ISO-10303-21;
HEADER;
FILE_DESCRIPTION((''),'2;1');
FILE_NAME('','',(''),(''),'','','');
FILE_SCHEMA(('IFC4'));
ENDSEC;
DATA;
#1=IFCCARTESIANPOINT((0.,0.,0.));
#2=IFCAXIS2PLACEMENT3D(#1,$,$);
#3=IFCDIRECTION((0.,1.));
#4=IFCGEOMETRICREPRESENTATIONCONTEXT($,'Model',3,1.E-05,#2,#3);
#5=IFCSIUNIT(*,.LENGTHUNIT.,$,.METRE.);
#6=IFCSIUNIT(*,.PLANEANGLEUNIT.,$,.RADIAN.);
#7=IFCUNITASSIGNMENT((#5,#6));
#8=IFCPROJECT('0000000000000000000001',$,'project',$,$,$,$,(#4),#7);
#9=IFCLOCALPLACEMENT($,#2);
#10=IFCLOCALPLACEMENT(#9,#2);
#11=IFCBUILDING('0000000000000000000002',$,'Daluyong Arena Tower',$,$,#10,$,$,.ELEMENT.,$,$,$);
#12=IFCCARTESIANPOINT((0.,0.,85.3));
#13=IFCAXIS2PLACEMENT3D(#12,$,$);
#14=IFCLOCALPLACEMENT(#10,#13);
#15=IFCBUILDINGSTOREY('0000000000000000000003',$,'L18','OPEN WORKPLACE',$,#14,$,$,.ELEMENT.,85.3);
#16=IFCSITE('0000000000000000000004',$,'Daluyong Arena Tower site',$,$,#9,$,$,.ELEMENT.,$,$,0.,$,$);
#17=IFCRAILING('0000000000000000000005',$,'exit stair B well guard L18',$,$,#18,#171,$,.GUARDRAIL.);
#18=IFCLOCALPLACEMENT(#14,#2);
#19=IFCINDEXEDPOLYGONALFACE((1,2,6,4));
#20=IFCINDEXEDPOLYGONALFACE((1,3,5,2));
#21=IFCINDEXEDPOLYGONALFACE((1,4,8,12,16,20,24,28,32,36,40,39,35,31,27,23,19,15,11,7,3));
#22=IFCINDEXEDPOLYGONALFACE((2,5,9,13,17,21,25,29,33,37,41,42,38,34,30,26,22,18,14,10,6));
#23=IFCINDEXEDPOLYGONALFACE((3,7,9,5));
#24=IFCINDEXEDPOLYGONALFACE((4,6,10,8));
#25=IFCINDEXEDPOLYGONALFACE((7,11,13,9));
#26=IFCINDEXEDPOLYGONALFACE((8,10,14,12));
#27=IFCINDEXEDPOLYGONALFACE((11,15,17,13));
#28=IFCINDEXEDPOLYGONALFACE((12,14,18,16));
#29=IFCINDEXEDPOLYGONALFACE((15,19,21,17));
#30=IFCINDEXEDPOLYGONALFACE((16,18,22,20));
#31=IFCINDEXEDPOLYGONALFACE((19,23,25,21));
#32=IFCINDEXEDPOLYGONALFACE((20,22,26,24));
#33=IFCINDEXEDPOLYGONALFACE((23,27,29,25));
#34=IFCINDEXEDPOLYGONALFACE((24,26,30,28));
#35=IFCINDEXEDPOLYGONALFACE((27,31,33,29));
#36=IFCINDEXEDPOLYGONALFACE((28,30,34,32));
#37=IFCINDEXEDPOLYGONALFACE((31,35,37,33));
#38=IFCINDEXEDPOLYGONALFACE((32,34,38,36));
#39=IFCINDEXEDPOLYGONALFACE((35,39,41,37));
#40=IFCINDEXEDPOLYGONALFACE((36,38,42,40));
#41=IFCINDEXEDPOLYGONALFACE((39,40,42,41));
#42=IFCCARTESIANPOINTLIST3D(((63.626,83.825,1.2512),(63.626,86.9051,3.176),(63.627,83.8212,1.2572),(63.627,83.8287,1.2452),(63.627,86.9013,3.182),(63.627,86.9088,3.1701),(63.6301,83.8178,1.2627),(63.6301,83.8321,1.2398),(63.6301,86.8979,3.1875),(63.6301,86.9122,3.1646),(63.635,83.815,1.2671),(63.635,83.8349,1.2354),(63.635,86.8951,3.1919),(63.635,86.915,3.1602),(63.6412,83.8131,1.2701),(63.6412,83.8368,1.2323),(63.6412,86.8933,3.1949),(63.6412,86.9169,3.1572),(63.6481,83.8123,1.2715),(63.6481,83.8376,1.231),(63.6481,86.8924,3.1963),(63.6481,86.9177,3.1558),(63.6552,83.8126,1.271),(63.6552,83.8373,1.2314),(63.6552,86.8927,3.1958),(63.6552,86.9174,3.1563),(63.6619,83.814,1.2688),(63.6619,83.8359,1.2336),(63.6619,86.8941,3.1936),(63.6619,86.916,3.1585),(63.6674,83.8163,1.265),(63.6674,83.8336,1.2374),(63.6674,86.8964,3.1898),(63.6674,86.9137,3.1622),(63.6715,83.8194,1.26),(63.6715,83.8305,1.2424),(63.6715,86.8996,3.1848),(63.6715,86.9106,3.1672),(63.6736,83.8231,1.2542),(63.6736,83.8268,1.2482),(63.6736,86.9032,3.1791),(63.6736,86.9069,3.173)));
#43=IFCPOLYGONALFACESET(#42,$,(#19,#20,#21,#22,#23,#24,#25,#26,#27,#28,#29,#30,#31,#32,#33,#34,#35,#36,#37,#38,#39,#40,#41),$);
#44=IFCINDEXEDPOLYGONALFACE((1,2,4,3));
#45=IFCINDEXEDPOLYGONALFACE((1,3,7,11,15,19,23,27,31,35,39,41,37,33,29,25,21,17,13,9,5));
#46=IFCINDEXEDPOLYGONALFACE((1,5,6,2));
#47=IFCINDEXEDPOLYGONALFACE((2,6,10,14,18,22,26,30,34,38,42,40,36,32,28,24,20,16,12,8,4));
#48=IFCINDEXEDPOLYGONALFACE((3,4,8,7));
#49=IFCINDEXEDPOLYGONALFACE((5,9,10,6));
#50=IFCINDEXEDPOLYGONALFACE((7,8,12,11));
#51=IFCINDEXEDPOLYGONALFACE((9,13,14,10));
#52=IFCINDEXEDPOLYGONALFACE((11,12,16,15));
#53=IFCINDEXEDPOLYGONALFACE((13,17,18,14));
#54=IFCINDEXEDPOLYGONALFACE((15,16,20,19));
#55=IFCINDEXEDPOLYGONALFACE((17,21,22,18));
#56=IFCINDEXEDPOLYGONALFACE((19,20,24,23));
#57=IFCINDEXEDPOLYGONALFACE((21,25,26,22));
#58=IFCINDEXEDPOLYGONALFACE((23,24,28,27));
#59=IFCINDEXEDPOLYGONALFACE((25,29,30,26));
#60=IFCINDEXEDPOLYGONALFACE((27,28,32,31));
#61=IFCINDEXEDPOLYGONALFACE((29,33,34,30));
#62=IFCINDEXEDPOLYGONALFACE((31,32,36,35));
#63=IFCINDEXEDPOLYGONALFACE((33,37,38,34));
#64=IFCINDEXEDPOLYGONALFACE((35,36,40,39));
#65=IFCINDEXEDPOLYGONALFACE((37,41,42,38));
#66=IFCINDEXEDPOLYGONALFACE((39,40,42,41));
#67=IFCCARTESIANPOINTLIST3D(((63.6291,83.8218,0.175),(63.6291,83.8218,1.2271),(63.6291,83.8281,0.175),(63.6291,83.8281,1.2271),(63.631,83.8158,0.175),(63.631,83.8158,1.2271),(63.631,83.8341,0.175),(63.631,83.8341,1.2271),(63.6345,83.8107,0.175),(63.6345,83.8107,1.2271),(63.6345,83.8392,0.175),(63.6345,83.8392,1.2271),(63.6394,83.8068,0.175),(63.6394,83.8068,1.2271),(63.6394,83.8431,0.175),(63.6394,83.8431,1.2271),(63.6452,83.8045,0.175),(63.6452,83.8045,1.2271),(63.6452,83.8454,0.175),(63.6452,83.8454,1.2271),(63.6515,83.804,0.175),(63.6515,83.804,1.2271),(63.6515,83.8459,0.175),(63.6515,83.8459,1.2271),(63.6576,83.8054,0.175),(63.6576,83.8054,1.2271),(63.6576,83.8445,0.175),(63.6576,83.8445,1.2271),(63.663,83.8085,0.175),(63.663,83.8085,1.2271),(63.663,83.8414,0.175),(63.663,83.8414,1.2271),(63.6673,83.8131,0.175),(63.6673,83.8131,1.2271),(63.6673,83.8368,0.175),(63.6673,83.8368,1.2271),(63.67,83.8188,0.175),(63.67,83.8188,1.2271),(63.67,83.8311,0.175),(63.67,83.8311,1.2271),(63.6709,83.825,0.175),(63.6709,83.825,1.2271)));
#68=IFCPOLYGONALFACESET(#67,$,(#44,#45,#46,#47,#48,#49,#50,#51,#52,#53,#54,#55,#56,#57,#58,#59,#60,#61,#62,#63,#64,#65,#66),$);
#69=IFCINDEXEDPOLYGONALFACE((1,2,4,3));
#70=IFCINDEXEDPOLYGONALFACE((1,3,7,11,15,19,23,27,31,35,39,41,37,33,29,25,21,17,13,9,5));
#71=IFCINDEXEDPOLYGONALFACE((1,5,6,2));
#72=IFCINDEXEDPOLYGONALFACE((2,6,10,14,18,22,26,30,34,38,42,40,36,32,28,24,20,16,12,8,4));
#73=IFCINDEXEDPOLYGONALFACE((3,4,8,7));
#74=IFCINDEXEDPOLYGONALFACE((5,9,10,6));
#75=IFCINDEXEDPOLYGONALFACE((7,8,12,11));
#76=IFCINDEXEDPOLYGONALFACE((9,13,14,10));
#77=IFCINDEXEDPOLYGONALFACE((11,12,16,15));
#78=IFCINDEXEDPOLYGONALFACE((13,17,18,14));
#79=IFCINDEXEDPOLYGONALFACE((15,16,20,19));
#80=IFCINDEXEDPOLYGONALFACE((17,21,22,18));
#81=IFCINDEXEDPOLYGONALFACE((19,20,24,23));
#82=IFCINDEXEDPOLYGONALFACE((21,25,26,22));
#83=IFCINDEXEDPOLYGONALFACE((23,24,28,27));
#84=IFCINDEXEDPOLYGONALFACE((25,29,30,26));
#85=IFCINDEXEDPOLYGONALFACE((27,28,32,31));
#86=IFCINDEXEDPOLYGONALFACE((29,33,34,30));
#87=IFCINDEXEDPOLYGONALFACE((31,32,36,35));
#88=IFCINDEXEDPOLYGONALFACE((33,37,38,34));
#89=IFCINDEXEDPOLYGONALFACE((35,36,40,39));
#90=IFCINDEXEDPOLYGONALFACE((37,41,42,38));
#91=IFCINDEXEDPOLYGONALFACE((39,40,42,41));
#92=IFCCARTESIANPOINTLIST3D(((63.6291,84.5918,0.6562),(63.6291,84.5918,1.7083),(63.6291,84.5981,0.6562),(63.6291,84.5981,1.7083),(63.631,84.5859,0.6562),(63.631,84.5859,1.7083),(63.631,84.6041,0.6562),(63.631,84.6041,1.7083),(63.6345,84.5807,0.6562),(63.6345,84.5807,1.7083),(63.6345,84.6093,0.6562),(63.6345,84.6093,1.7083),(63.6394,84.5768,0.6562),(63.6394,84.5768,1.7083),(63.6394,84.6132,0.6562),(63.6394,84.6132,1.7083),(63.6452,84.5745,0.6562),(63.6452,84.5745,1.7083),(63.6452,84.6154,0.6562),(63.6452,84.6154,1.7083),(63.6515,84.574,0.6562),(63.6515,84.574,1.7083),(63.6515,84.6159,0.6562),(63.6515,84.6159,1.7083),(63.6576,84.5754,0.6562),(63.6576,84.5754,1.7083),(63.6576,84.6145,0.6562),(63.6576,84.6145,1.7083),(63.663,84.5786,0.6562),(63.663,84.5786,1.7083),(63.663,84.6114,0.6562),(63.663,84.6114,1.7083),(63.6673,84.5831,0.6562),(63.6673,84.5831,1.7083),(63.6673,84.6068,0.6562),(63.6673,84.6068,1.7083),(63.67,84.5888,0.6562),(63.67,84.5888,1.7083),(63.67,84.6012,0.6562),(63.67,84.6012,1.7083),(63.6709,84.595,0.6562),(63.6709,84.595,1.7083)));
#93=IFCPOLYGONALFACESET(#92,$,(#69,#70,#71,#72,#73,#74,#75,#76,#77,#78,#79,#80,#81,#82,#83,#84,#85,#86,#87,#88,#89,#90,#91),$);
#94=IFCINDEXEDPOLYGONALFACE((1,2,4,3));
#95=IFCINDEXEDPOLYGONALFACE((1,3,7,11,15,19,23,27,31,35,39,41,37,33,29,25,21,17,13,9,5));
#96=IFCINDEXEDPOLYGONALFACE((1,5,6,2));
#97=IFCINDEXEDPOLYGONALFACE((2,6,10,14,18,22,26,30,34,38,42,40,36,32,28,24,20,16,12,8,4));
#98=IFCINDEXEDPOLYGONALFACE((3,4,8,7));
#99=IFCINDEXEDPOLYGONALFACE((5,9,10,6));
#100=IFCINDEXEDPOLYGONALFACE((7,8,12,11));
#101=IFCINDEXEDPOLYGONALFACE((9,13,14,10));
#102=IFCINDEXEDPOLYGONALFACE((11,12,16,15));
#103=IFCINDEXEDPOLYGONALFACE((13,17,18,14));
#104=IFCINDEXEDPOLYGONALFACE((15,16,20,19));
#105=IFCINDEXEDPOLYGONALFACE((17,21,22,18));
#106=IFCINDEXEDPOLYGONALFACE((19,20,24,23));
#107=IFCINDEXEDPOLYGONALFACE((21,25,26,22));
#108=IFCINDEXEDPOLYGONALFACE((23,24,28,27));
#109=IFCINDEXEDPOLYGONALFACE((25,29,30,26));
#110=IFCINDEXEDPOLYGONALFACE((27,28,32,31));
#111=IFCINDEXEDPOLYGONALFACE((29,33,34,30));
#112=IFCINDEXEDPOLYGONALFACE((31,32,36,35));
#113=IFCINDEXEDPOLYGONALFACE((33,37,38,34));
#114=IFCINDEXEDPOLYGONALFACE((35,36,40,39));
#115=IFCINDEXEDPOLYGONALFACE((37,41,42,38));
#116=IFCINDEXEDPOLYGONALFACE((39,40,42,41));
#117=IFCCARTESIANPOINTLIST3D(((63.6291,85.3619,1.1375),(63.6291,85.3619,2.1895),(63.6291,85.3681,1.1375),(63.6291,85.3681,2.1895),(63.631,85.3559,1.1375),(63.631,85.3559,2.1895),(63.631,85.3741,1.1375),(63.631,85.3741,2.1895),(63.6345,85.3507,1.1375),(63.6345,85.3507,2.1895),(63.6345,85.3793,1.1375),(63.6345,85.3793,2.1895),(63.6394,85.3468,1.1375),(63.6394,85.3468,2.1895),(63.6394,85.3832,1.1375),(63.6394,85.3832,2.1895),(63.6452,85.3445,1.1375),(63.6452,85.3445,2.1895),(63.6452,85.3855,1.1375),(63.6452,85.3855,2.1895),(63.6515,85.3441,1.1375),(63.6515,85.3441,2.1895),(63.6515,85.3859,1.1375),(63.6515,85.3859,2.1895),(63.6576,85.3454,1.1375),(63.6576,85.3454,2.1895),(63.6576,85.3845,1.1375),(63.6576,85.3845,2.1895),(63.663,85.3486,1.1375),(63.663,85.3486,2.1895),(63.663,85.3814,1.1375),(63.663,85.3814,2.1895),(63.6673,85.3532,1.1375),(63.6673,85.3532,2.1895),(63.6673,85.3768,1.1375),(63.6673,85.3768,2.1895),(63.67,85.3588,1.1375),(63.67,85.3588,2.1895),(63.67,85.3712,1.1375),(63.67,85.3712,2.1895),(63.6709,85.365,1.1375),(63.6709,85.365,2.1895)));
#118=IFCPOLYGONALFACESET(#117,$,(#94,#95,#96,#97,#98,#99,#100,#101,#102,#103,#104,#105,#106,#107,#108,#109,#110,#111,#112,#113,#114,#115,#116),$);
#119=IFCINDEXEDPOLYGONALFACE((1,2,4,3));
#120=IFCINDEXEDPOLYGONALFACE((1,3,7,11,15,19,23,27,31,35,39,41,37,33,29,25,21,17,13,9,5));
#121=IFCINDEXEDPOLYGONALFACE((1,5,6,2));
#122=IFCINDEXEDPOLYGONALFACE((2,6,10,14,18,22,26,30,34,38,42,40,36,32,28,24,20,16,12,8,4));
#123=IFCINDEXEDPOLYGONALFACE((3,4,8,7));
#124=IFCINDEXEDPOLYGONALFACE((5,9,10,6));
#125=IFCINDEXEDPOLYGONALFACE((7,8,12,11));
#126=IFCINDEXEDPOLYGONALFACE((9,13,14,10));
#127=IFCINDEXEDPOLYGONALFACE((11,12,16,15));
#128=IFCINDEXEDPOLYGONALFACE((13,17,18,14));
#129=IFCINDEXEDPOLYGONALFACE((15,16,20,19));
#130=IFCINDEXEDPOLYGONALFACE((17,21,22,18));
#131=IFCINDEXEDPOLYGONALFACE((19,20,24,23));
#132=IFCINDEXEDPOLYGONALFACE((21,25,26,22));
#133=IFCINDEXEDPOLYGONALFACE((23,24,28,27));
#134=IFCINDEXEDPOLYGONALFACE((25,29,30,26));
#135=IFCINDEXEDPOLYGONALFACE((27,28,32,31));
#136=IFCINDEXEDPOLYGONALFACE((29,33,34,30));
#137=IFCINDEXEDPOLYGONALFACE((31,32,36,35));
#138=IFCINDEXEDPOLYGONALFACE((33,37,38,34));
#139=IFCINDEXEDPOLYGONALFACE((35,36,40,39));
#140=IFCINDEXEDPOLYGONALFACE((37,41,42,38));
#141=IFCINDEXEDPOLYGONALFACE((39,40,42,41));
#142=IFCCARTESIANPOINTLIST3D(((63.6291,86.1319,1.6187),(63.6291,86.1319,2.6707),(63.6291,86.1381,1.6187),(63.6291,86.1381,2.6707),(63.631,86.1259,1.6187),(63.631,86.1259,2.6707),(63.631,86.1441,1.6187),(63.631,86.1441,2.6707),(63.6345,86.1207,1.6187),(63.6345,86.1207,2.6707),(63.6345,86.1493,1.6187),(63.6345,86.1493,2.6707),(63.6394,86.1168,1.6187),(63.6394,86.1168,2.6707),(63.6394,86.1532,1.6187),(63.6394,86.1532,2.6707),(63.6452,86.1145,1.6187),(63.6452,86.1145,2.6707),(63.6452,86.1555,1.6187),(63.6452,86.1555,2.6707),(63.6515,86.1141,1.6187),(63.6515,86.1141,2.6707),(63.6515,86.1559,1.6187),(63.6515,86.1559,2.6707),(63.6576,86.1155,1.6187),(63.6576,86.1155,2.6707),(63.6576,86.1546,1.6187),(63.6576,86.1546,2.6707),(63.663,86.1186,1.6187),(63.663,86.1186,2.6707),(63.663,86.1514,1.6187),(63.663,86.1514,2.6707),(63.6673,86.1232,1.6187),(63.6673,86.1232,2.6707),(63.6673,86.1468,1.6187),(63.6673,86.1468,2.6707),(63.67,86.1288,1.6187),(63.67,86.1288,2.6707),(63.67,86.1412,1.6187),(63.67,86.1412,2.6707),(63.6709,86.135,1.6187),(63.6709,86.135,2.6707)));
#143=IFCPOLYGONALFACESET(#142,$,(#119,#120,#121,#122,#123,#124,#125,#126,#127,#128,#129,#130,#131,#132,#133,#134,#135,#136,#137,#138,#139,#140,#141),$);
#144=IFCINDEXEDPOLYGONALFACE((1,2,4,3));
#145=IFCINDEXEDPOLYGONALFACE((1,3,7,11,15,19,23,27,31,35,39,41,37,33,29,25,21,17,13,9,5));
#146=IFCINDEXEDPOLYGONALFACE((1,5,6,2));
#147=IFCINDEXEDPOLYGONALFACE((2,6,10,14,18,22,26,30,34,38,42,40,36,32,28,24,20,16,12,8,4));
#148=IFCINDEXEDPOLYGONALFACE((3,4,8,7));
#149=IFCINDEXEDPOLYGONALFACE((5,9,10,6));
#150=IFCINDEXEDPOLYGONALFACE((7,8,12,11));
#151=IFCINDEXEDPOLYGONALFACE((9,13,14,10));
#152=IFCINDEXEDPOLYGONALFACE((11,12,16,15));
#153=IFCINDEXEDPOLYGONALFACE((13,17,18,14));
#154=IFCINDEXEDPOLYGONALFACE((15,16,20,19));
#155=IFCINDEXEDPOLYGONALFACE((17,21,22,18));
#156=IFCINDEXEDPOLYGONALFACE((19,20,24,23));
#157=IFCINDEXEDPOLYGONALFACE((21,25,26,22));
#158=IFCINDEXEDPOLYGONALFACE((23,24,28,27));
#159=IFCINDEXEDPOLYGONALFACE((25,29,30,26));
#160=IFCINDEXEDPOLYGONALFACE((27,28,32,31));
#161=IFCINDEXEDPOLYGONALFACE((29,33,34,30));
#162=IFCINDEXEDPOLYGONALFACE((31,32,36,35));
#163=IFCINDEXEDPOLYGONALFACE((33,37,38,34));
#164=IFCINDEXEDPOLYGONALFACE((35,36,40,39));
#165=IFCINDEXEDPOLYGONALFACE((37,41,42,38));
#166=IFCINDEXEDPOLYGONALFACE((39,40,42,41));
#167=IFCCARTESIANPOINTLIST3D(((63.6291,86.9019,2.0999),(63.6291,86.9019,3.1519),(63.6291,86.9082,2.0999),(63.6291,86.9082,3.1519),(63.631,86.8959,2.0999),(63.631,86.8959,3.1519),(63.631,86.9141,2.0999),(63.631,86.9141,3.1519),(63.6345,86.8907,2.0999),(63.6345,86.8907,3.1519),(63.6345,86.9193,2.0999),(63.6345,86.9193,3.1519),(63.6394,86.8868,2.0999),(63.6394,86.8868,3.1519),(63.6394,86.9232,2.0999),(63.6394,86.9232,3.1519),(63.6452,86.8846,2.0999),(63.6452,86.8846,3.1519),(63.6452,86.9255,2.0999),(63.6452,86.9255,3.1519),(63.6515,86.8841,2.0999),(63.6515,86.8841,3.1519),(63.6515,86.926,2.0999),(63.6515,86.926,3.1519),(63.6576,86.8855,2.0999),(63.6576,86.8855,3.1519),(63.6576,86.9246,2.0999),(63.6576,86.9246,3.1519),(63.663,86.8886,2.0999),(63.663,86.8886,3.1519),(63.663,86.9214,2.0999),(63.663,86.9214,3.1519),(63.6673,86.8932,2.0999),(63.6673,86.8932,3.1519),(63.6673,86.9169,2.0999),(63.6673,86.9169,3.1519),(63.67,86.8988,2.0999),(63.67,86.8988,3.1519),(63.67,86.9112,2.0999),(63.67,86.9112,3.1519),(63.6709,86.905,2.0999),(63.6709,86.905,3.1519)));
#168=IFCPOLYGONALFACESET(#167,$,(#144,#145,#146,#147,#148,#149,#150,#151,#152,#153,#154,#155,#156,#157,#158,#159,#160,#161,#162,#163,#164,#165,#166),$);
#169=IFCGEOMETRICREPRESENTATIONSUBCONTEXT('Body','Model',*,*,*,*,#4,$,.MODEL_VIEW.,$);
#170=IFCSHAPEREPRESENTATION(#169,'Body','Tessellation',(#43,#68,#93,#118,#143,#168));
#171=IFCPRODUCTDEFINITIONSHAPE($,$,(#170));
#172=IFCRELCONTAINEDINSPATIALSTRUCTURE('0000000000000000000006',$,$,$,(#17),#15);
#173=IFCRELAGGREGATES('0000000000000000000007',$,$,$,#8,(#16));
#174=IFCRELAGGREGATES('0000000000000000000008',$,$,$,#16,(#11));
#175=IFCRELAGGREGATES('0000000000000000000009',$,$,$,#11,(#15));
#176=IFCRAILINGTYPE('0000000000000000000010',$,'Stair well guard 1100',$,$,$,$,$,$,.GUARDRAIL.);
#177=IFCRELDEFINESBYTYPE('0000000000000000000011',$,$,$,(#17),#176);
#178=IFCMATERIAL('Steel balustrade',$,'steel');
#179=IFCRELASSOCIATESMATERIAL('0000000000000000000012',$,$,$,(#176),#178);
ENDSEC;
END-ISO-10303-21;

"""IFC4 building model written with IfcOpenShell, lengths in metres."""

from ifc_helpers import new_model, si_unit, direction, frame, origin, origin_2d, place, context, subcontext, project, spatial, circle, extrude, material, type_object, element, save


model = new_model("IFC4")

# Units and contexts
model_context = context("Model", 3, precision=1e-05, world=origin(), true_north=direction((0.0, 1.0)))
body_context = subcontext(model_context, "Body", "Model", "MODEL_VIEW")
ifc_project = project(units=[si_unit("LENGTHUNIT", "METRE"), si_unit("PLANEANGLEUNIT", "RADIAN")], contexts=[model_context])

# Site, building, storey
site_placement = place(None, origin())
site = spatial("IfcSite", under=ifc_project, at=site_placement, Name="Daluyong Arena Tower site", CompositionType="ELEMENT", RefElevation=0.0)
building_placement = place(site_placement, origin())
building = spatial("IfcBuilding", under=site, at=building_placement, Name="Daluyong Arena Tower", CompositionType="ELEMENT")
storey_placement = place(building_placement, frame((0.0, 0.0, 85.3)))
storey = spatial("IfcBuildingStorey", under=building, at=storey_placement, Name="L18", Description="OPEN WORKPLACE", CompositionType="ELEMENT", Elevation=85.3)

# Railing
ifc_material_1 = material(Name="Steel balustrade", Category="steel")
railing_type_1 = type_object("IfcRailingType", Name="Stair well guard 1100", PredefinedType="GUARDRAIL", material=ifc_material_1)
railing_1_placement = place(storey_placement, frame((63.6499, 83.825, 0.175)))
element("IfcRailing", 1, at=railing_1_placement, inside=storey, type_object=railing_type_1, Name="exit stair B well guard L18", PredefinedType="GUARDRAIL", context=body_context, shape_type="SweptSolid", body=[
    extrude(circle(Radius=0.0239, at=origin_2d()), frame((0.0, 0.0, 1.0762), z_axis=(0.0, 0.848029, 0.529951), x_axis=(-1.0, 0.0, 0.0)), (0.0, 0.0, 1.0), 3.6321),
    extrude(circle(Radius=0.021, at=origin_2d()), origin(), (0.0, 0.0, 1.0), 1.052),
    extrude(circle(Radius=0.021, at=origin_2d()), frame((0.0, 0.77, 0.4812)), (0.0, 0.0, 1.0), 1.052),
    extrude(circle(Radius=0.021, at=origin_2d()), frame((0.0, 1.54, 0.9624)), (0.0, 0.0, 1.0), 1.052),
    extrude(circle(Radius=0.021, at=origin_2d()), frame((0.0, 2.3101, 1.4436)), (0.0, 0.0, 1.0), 1.052),
    extrude(circle(Radius=0.021, at=origin_2d()), frame((0.0, 3.0801, 1.9248)), (0.0, 0.0, 1.0), 1.052),
])

save(model, "model.ifc")
